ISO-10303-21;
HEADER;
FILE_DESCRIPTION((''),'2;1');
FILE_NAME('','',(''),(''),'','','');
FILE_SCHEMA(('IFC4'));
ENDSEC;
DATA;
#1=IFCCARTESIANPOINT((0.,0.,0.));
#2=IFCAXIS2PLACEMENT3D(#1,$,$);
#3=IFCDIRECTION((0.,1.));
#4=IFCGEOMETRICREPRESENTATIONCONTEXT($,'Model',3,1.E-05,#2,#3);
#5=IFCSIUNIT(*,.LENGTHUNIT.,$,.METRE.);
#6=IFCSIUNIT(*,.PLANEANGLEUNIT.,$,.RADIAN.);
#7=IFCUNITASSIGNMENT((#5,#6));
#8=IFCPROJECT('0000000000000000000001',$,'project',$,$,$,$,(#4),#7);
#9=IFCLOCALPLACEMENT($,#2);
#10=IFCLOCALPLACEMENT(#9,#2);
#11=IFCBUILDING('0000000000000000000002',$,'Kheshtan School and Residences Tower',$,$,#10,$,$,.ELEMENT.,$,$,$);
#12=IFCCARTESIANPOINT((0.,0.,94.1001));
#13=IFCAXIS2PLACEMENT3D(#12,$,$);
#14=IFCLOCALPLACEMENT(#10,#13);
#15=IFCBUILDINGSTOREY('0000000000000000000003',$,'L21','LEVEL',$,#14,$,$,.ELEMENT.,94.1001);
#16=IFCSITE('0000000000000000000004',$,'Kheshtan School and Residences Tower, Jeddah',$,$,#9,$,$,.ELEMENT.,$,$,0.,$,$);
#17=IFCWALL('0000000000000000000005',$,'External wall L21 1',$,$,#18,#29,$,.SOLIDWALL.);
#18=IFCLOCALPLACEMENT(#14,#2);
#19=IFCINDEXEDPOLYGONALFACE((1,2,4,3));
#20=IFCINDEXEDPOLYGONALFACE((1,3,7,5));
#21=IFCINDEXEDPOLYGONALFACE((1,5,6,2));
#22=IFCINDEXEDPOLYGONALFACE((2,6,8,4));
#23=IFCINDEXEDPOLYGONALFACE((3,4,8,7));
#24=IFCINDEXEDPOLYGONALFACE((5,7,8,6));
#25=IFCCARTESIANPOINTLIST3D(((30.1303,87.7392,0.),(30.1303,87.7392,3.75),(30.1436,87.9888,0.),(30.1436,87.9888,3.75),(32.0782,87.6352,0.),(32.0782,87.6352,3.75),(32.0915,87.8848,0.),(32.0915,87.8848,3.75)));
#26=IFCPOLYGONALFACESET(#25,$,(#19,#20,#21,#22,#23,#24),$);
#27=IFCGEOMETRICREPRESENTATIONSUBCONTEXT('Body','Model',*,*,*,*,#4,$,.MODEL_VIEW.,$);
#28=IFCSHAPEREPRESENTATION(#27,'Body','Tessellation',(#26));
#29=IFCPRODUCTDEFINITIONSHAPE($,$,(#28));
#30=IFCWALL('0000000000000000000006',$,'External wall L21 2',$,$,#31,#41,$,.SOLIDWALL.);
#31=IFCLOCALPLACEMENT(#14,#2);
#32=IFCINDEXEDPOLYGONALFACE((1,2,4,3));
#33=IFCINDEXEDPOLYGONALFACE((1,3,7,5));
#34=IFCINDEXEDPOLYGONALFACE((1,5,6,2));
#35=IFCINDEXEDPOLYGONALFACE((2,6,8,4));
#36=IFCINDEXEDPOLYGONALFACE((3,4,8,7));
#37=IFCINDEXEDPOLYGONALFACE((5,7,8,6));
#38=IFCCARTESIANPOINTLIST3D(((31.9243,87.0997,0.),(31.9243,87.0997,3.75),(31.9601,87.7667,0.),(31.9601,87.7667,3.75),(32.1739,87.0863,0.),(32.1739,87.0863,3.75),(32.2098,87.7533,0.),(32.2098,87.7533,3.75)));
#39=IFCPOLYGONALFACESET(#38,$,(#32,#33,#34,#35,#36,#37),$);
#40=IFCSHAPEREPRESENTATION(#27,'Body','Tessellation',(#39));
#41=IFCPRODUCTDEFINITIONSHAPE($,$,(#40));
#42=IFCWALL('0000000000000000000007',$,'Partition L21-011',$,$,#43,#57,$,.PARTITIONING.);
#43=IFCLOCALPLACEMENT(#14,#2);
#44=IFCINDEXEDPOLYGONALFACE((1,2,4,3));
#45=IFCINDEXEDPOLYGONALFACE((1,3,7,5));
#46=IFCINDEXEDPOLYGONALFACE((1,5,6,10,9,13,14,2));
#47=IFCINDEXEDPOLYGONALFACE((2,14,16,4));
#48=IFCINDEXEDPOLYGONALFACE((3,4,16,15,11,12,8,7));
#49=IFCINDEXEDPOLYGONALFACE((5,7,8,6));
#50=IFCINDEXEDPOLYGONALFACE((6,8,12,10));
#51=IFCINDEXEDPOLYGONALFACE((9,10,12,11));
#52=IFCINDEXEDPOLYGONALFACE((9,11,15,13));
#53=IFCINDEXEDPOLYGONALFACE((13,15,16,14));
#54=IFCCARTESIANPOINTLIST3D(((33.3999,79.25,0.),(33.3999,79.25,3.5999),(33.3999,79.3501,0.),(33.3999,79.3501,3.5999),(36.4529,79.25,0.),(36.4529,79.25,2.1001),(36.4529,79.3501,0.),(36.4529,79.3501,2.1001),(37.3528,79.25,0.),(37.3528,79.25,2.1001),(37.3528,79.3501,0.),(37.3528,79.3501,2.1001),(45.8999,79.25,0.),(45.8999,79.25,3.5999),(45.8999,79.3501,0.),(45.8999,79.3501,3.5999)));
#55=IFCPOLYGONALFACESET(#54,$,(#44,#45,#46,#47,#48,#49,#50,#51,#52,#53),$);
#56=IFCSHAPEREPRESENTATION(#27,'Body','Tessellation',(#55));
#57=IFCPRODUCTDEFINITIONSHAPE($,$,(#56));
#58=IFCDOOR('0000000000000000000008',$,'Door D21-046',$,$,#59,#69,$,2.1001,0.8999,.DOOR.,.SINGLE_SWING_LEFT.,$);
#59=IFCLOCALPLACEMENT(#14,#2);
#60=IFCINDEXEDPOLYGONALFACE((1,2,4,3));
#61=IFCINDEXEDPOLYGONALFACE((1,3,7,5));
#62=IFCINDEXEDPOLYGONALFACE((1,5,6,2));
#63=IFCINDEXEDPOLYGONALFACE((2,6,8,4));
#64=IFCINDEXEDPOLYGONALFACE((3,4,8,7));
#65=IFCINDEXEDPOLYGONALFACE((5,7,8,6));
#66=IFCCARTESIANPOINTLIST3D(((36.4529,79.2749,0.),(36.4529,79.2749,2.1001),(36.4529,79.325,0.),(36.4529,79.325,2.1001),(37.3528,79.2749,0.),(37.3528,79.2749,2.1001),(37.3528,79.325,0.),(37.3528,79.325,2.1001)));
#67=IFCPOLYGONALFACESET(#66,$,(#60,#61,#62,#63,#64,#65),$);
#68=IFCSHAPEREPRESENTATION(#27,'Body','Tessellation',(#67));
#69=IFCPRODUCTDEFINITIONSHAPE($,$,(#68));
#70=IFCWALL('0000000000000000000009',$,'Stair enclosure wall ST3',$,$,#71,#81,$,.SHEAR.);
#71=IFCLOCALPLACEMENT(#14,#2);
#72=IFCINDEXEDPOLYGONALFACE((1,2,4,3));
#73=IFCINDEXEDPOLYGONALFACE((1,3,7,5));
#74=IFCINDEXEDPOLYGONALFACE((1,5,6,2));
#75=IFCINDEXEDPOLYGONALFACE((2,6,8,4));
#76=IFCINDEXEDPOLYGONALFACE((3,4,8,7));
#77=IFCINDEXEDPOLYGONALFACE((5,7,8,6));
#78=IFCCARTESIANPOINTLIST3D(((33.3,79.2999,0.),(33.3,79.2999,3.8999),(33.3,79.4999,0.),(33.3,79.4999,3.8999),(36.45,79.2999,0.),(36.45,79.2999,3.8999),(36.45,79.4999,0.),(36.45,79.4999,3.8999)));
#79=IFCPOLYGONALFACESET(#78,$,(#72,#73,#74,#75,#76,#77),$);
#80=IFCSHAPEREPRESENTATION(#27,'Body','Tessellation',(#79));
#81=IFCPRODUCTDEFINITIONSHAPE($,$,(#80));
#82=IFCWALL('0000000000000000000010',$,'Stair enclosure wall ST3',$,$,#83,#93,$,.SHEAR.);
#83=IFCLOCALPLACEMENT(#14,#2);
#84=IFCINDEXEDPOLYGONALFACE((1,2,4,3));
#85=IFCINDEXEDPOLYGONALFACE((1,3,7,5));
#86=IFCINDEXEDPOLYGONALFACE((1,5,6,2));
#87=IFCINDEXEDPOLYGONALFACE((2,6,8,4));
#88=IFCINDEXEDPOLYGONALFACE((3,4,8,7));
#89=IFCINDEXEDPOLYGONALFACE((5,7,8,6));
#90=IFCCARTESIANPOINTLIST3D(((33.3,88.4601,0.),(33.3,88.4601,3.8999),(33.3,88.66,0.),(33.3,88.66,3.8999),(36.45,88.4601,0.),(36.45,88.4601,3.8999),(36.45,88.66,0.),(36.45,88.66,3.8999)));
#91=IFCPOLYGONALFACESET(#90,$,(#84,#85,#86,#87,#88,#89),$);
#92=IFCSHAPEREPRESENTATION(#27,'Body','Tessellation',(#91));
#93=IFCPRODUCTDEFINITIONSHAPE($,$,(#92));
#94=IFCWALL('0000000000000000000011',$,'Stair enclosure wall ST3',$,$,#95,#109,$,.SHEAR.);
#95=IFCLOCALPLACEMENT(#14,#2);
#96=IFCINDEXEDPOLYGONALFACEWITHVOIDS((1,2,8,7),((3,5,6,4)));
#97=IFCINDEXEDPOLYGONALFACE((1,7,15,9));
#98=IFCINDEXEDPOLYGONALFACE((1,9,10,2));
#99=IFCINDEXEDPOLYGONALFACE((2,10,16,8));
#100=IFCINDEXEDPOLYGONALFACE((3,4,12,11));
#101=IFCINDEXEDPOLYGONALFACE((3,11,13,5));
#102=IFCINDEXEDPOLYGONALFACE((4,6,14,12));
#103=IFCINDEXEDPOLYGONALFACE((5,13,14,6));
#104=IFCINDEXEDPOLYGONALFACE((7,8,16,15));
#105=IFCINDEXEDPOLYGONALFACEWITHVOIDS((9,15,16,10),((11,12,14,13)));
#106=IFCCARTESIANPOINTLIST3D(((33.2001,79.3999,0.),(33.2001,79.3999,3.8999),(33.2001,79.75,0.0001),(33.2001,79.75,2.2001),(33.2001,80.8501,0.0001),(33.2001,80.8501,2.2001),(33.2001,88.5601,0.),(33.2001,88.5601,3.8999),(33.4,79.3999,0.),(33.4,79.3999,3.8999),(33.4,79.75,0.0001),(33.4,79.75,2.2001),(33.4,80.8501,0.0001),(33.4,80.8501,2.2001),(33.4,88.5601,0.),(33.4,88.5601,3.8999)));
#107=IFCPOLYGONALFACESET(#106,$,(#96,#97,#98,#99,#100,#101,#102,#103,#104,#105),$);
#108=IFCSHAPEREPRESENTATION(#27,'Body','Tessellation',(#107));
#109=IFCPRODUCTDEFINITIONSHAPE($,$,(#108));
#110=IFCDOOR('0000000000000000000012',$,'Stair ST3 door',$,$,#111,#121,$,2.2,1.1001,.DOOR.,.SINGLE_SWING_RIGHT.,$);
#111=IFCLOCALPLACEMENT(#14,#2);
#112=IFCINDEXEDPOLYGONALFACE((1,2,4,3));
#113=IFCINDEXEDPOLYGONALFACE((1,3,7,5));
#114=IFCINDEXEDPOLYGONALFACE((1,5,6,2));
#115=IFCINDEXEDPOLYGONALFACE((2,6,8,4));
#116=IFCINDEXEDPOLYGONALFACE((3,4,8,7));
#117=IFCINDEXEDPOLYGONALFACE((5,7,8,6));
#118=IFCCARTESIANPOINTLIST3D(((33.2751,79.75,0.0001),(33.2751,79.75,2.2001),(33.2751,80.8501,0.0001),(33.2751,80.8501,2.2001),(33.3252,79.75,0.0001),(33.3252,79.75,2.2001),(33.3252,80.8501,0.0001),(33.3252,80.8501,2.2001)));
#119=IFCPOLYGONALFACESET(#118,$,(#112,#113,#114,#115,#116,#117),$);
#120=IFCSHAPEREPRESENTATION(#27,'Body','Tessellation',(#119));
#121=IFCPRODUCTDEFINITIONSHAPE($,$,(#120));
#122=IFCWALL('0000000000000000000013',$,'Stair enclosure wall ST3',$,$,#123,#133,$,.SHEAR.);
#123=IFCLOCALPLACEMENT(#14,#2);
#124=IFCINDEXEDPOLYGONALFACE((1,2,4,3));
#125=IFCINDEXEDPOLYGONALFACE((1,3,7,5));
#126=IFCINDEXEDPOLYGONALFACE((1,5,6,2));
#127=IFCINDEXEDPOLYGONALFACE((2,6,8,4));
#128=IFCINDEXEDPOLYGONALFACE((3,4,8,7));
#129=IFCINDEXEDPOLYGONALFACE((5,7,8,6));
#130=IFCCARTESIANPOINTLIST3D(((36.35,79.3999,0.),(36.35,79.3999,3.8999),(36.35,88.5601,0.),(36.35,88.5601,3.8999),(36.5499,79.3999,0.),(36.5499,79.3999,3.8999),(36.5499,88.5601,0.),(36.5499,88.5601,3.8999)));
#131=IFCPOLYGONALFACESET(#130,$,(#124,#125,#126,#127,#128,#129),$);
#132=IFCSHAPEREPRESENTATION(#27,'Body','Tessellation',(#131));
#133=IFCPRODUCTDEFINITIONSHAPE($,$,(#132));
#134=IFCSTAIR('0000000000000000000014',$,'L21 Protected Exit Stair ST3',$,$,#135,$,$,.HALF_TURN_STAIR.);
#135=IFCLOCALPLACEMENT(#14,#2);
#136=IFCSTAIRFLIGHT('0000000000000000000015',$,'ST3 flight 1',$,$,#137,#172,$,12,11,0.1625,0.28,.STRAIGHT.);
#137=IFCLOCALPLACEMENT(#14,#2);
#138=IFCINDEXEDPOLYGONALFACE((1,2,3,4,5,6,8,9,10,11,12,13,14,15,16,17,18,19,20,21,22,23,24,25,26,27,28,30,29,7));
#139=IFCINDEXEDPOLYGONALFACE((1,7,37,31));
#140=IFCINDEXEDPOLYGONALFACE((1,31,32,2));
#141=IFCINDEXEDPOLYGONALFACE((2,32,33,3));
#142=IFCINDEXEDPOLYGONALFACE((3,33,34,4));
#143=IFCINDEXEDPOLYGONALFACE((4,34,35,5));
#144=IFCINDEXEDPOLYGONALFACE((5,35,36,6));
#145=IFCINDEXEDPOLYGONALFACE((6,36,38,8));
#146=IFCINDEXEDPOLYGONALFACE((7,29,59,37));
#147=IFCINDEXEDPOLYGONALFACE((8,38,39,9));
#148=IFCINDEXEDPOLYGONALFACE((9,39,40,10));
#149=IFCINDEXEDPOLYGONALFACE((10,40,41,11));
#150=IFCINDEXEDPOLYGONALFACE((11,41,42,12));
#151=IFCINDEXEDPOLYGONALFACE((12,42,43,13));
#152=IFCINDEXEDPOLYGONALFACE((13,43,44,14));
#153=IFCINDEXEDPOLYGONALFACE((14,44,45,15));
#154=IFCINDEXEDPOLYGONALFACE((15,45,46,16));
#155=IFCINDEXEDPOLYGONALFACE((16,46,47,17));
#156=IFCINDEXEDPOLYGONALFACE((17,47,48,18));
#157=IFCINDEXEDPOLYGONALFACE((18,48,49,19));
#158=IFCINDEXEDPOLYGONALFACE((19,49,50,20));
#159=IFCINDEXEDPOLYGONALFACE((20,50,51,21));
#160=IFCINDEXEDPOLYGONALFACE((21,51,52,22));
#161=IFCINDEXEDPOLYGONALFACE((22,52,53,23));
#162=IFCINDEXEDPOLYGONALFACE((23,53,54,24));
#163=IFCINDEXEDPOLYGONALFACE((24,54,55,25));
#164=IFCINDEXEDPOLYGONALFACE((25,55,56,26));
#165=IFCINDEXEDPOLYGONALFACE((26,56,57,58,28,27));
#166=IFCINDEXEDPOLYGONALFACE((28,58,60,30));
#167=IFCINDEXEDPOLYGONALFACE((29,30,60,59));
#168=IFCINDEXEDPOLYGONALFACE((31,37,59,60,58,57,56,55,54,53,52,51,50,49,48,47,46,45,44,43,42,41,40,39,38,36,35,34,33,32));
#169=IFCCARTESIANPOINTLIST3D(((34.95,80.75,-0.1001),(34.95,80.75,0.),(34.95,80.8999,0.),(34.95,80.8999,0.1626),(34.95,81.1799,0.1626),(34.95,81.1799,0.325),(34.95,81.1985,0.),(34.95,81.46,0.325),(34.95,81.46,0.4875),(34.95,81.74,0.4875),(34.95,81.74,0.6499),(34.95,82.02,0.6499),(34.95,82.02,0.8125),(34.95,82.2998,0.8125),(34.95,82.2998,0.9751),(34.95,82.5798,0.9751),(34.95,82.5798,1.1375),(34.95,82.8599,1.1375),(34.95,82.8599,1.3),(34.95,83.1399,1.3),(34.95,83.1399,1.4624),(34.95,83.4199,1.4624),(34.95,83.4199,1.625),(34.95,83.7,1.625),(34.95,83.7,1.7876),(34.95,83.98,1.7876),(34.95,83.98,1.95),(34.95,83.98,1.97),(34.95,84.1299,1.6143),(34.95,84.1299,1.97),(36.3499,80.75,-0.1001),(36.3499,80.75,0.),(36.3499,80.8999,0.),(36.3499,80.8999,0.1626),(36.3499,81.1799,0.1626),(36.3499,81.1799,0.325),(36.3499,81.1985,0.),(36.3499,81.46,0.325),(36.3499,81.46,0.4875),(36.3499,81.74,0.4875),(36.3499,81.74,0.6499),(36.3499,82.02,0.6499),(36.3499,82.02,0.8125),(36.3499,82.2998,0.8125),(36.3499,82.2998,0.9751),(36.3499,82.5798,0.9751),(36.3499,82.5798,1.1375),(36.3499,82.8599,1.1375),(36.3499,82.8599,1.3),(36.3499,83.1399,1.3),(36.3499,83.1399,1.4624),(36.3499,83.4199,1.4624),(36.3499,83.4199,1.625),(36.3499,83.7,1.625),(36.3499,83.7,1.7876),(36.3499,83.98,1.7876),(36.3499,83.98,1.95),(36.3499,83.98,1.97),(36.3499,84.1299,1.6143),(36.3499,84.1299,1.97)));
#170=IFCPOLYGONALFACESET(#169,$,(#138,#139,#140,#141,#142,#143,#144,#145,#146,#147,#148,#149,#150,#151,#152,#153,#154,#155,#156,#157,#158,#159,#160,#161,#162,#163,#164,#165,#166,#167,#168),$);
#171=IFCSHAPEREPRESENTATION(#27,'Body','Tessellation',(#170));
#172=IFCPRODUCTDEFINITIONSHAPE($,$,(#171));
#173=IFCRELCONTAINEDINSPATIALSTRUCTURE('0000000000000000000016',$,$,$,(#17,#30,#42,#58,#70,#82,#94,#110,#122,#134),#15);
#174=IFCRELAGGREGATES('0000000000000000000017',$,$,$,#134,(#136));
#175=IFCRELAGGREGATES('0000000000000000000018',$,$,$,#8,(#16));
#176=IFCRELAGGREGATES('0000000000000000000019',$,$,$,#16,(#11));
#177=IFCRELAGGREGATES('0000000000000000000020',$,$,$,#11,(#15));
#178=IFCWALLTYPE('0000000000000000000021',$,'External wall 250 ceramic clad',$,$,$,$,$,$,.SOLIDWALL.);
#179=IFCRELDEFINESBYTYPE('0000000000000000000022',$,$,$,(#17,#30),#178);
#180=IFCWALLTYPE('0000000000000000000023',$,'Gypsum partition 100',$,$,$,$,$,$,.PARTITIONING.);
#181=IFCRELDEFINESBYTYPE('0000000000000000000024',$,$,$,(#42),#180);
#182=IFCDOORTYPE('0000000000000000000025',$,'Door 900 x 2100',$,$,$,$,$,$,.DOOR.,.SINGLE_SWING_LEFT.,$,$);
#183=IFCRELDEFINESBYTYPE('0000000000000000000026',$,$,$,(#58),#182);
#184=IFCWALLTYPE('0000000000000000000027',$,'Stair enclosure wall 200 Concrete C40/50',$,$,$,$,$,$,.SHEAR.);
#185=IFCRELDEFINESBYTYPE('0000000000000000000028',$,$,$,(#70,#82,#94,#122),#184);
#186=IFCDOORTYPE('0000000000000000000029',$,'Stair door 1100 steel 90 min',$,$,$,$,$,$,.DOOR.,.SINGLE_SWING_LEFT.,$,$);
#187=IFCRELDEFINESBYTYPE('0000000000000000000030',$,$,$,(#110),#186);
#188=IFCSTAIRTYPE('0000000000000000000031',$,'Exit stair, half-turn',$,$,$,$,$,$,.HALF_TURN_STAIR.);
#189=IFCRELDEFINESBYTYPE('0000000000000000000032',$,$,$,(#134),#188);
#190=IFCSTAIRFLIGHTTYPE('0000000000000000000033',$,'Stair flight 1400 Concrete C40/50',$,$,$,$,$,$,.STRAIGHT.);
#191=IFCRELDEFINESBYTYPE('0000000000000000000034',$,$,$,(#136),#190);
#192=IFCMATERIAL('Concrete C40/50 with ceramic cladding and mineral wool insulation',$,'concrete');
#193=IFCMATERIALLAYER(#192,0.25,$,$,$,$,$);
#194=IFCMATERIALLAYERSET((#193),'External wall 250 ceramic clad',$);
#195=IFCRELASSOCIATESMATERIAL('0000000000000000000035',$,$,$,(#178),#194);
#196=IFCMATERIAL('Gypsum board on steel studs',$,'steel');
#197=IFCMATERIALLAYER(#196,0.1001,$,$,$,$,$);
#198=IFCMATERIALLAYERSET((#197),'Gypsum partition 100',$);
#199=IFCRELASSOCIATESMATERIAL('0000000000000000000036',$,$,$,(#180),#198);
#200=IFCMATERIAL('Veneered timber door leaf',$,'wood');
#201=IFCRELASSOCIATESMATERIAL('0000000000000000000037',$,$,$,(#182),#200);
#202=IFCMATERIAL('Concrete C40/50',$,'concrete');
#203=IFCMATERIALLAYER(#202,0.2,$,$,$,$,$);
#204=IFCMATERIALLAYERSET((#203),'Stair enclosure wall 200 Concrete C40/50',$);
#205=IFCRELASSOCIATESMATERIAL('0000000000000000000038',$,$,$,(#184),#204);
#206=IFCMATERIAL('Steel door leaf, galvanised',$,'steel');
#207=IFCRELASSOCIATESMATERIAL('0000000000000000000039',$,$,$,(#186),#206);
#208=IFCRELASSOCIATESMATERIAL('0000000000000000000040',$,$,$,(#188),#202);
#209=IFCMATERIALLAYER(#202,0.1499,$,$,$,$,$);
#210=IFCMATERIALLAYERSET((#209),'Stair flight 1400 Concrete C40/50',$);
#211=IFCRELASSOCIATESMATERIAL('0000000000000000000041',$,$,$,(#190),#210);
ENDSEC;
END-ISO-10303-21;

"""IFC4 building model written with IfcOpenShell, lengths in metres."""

from ifc_helpers import new_model, si_unit, direction, frame, frame_2d, origin, place, context, subcontext, project, spatial, polyline, rectangle, outline, extrude, source, transform, mapped, material, layer, layer_set, type_object, element, fill, aggregate, save


model = new_model("IFC4")

# Units and contexts
model_context = context("Model", 3, precision=1e-05, world=origin(), true_north=direction((0.0, 1.0)))
body_context = subcontext(model_context, "Body", "Model", "MODEL_VIEW")
ifc_project = project(units=[si_unit("LENGTHUNIT", "METRE"), si_unit("PLANEANGLEUNIT", "RADIAN")], contexts=[model_context])

# Site, building, storey
site_placement = place(None, origin())
site = spatial("IfcSite", under=ifc_project, at=site_placement, Name="Kheshtan School and Residences Tower, Jeddah", CompositionType="ELEMENT", RefElevation=0.0)
building_placement = place(site_placement, origin())
building = spatial("IfcBuilding", under=site, at=building_placement, Name="Kheshtan School and Residences Tower", CompositionType="ELEMENT")
storey_placement = place(building_placement, frame((0.0, 0.0, 94.1001)))
storey = spatial("IfcBuildingStorey", under=building, at=storey_placement, Name="L21", Description="LEVEL", CompositionType="ELEMENT", Elevation=94.1001)

# Walls
ifc_material_1 = material(Name="Concrete C40/50 with ceramic cladding and mineral wool insulation", Category="concrete")
ifc_layer_1 = layer(ifc_material_1, 0.25)
ifc_layer_set_1 = layer_set([ifc_layer_1], Name="External wall 250 ceramic clad")
wall_type_1 = type_object("IfcWallType", Name="External wall 250 ceramic clad", PredefinedType="SOLIDWALL", material=ifc_layer_set_1)
wall_1_placement = place(storey_placement, frame((30.137, 87.864, 0.0), z_axis=(0.0, 0.0, 1.0), x_axis=(0.998578, -0.053314, 0.0)))
element("IfcWall", 1, at=wall_1_placement, inside=storey, type_object=wall_type_1, Name="External wall L21 1", PredefinedType="SOLIDWALL", context=body_context, shape_type="SweptSolid", body=[
    extrude(rectangle(XDim=1.9507, YDim=0.25, at=frame_2d((0.9753, 0.0))), origin(), (0.0, 0.0, 1.0), 3.75),
])
wall_2_placement = place(storey_placement, frame((32.085, 87.76, 0.0), z_axis=(0.0, 0.0, 1.0), x_axis=(-0.053729, -0.998556, 0.0)))
element("IfcWall", 2, at=wall_2_placement, inside=storey, type_object=wall_type_1, Name="External wall L21 2", PredefinedType="SOLIDWALL", context=body_context, shape_type="SweptSolid", body=[
    extrude(rectangle(XDim=0.668, YDim=0.25, at=frame_2d((0.334, 0.0))), origin(), (0.0, 0.0, 1.0), 3.75),
])

# Wall, opening, door
ifc_material_2 = material(Name="Gypsum board on steel studs", Category="steel")
ifc_layer_2 = layer(ifc_material_2, 0.1001)
ifc_layer_set_2 = layer_set([ifc_layer_2], Name="Gypsum partition 100")
wall_type_2 = type_object("IfcWallType", Name="Gypsum partition 100", PredefinedType="PARTITIONING", material=ifc_layer_set_2)
wall_3_placement = place(storey_placement, frame((33.3999, 79.3, 0.0), z_axis=(0.0, 0.0, 1.0), x_axis=(1.0, 0.0, 0.0)))
wall_3 = element("IfcWall", 3, at=wall_3_placement, inside=storey, type_object=wall_type_2, Name="Partition L21-011", PredefinedType="PARTITIONING", context=body_context, shape_type="SweptSolid", body=[
    extrude(rectangle(XDim=12.5, YDim=0.1001, at=frame_2d((6.25, 0.0))), origin(), (0.0, 0.0, 1.0), 3.5999),
])
opening_1_placement = place(wall_3_placement, frame((3.053, 0.0, 0.0)))
opening_1 = element("IfcOpeningElement", 4, at=opening_1_placement, cuts=wall_3, PredefinedType="OPENING", context=body_context, shape_type="SweptSolid", body=[
    extrude(rectangle(XDim=0.8999, YDim=2.1001, at=frame_2d((0.45, 1.05))), frame((0.0, 0.0601, 0.0), z_axis=(0.0, -1.0, 0.0), x_axis=(1.0, 0.0, 0.0)), (0.0, 0.0, 1.0), 0.1201),
])
ifc_material_3 = material(Name="Veneered timber door leaf", Category="wood")
door_type_1 = type_object("IfcDoorType", Name="Door 900 x 2100", OperationType="SINGLE_SWING_LEFT", PredefinedType="DOOR", material=ifc_material_3)
shared_shape_1 = source(origin(), body_context, "Body", "SweptSolid", [
    extrude(rectangle(XDim=0.8999, YDim=2.1001, at=frame_2d((0.45, 1.05))), frame((0.0, 0.0249, 0.0), z_axis=(0.0, -1.0, 0.0), x_axis=(1.0, 0.0, 0.0)), (0.0, 0.0, 1.0), 0.05),
])
door_1_placement = place(opening_1_placement, origin())
door_1 = element("IfcDoor", 5, at=door_1_placement, inside=storey, type_object=door_type_1, Name="Door D21-046", OperationType="SINGLE_SWING_LEFT", OverallHeight=2.1001, OverallWidth=0.8999, PredefinedType="DOOR", context=body_context, shape_type="MappedRepresentation", body=[
    mapped(shared_shape_1, transform((0.0, 0.0, 0.0), x_axis=(1.0, 0.0, 0.0), y_axis=(0.0, 1.0, 0.0), z_axis=(0.0, 0.0, 1.0), scale=1.0)),
])
fill(opening_1, door_1)

# Walls
ifc_material_4 = material(Name="Concrete C40/50", Category="concrete")
ifc_layer_3 = layer(ifc_material_4, 0.2)
ifc_layer_set_3 = layer_set([ifc_layer_3], Name="Stair enclosure wall 200 Concrete C40/50")
wall_type_3 = type_object("IfcWallType", Name="Stair enclosure wall 200 Concrete C40/50", PredefinedType="SHEAR", material=ifc_layer_set_3)
for number, where, z_axis, x_axis, name in (
    (6, (33.3, 79.3999, 0.0), (0.0, 0.0, 1.0), (1.0, 0.0, 0.0), "Stair enclosure wall ST3"),
    (7, (33.3, 88.5601, 0.0), (0.0, 0.0, 1.0), (1.0, 0.0, 0.0), "Stair enclosure wall ST3"),
):
    element("IfcWall", number, at=place(storey_placement, frame(where, z_axis=z_axis, x_axis=x_axis)), inside=storey, type_object=wall_type_3, Name=name, PredefinedType="SHEAR", context=body_context, shape_type="SweptSolid", body=[
        extrude(rectangle(XDim=3.1499, YDim=0.2, at=frame_2d((1.575, 0.0))), origin(), (0.0, 0.0, 1.0), 3.8999),
    ])

# Wall, opening, door
wall_4_placement = place(storey_placement, frame((33.3, 79.3999, 0.0), z_axis=(0.0, 0.0, 1.0), x_axis=(0.0, 1.0, 0.0)))
wall_4 = element("IfcWall", 8, at=wall_4_placement, inside=storey, type_object=wall_type_3, Name="Stair enclosure wall ST3", PredefinedType="SHEAR", context=body_context, shape_type="SweptSolid", body=[
    extrude(rectangle(XDim=9.1602, YDim=0.2, at=frame_2d((4.5801, 0.0))), origin(), (0.0, 0.0, 1.0), 3.8999),
])
opening_2_placement = place(wall_4_placement, frame((0.3501, 0.0, 0.0)))
opening_2 = element("IfcOpeningElement", 9, at=opening_2_placement, cuts=wall_4, PredefinedType="OPENING", context=body_context, shape_type="SweptSolid", body=[
    extrude(rectangle(XDim=1.1001, YDim=2.2, at=frame_2d((0.55, 1.1001))), frame((0.0, 0.1099, 0.0), z_axis=(0.0, -1.0, 0.0), x_axis=(1.0, 0.0, 0.0)), (0.0, 0.0, 1.0), 0.22),
])
ifc_material_5 = material(Name="Steel door leaf, galvanised", Category="steel")
door_type_2 = type_object("IfcDoorType", Name="Stair door 1100 steel 90 min", OperationType="SINGLE_SWING_LEFT", PredefinedType="DOOR", material=ifc_material_5)
shared_shape_2 = source(origin(), body_context, "Body", "SweptSolid", [
    extrude(rectangle(XDim=1.1001, YDim=2.2, at=frame_2d((0.55, 1.1001))), frame((0.0, 0.0249, 0.0), z_axis=(0.0, -1.0, 0.0), x_axis=(1.0, 0.0, 0.0)), (0.0, 0.0, 1.0), 0.05),
])
door_2_placement = place(opening_2_placement, origin())
door_2 = element("IfcDoor", 10, at=door_2_placement, inside=storey, type_object=door_type_2, Name="Stair ST3 door", OperationType="SINGLE_SWING_RIGHT", OverallHeight=2.2, OverallWidth=1.1001, PredefinedType="DOOR", context=body_context, shape_type="MappedRepresentation", body=[
    mapped(shared_shape_2, transform((0.0, 0.0, 0.0), x_axis=(1.0, 0.0, 0.0), y_axis=(0.0, 1.0, 0.0), z_axis=(0.0, 0.0, 1.0), scale=1.0)),
])
fill(opening_2, door_2)

# Wall
wall_5_placement = place(storey_placement, frame((36.45, 79.3999, 0.0), z_axis=(0.0, 0.0, 1.0), x_axis=(0.0, 1.0, 0.0)))
element("IfcWall", 11, at=wall_5_placement, inside=storey, type_object=wall_type_3, Name="Stair enclosure wall ST3", PredefinedType="SHEAR", context=body_context, shape_type="SweptSolid", body=[
    extrude(rectangle(XDim=9.1602, YDim=0.2, at=frame_2d((4.5801, 0.0))), origin(), (0.0, 0.0, 1.0), 3.8999),
])

# Stair, stair flight
stair_type = type_object("IfcStairType", Name="Exit stair, half-turn", PredefinedType="HALF_TURN_STAIR", material=ifc_material_4)
stair_placement = place(storey_placement, origin())
stair = element("IfcStair", 12, at=stair_placement, inside=storey, type_object=stair_type, Name="L21 Protected Exit Stair ST3", PredefinedType="HALF_TURN_STAIR")
ifc_layer_4 = layer(ifc_material_4, 0.1499)
ifc_layer_set_4 = layer_set([ifc_layer_4], Name="Stair flight 1400 Concrete C40/50")
stair_flight_type = type_object("IfcStairFlightType", Name="Stair flight 1400 Concrete C40/50", PredefinedType="STRAIGHT", material=ifc_layer_set_4)
stair_flight_1_placement = place(storey_placement, frame((35.6499, 80.8999, 0.0), z_axis=(0.0, 0.0, 1.0), x_axis=(0.0, 1.0, 0.0)))
stair_flight_1 = element("IfcStairFlight", 13, at=stair_flight_1_placement, type_object=stair_flight_type, Name="ST3 flight 1", NumberOfRisers=12, NumberOfTreads=11, PredefinedType="STRAIGHT", RiserHeight=0.1625, TreadLength=0.28, context=body_context, shape_type="SweptSolid", body=[
    extrude(outline(polyline([(-0.1499, -0.1001), (-0.1499, 0.0), (0.0, 0.0), (0.0, 0.1626), (0.28, 0.1626), (0.28, 0.325), (0.5601, 0.325), (0.5601, 0.4875), (0.8401, 0.4875), (0.8401, 0.6499), (1.1201, 0.6499), (1.1201, 0.8125), (1.3999, 0.8125), (1.3999, 0.9751), (1.6799, 0.9751), (1.6799, 1.1375), (1.96, 1.1375), (1.96, 1.3), (2.24, 1.3), (2.24, 1.4624), (2.52, 1.4624), (2.52, 1.625), (2.8, 1.625), (2.8, 1.7876), (3.0801, 1.7876), (3.0801, 1.95), (3.0801, 1.97), (3.23, 1.97), (3.23, 1.6143), (0.2986, 0.0), (-0.1499, -0.1001)])), frame((0.0, 0.7, 0.0), z_axis=(0.0, -1.0, 0.0), x_axis=(1.0, 0.0, 0.0)), (0.0, 0.0, 1.0), 1.3999),
])
aggregate(stair, [stair_flight_1])

save(model, "model.ifc")
